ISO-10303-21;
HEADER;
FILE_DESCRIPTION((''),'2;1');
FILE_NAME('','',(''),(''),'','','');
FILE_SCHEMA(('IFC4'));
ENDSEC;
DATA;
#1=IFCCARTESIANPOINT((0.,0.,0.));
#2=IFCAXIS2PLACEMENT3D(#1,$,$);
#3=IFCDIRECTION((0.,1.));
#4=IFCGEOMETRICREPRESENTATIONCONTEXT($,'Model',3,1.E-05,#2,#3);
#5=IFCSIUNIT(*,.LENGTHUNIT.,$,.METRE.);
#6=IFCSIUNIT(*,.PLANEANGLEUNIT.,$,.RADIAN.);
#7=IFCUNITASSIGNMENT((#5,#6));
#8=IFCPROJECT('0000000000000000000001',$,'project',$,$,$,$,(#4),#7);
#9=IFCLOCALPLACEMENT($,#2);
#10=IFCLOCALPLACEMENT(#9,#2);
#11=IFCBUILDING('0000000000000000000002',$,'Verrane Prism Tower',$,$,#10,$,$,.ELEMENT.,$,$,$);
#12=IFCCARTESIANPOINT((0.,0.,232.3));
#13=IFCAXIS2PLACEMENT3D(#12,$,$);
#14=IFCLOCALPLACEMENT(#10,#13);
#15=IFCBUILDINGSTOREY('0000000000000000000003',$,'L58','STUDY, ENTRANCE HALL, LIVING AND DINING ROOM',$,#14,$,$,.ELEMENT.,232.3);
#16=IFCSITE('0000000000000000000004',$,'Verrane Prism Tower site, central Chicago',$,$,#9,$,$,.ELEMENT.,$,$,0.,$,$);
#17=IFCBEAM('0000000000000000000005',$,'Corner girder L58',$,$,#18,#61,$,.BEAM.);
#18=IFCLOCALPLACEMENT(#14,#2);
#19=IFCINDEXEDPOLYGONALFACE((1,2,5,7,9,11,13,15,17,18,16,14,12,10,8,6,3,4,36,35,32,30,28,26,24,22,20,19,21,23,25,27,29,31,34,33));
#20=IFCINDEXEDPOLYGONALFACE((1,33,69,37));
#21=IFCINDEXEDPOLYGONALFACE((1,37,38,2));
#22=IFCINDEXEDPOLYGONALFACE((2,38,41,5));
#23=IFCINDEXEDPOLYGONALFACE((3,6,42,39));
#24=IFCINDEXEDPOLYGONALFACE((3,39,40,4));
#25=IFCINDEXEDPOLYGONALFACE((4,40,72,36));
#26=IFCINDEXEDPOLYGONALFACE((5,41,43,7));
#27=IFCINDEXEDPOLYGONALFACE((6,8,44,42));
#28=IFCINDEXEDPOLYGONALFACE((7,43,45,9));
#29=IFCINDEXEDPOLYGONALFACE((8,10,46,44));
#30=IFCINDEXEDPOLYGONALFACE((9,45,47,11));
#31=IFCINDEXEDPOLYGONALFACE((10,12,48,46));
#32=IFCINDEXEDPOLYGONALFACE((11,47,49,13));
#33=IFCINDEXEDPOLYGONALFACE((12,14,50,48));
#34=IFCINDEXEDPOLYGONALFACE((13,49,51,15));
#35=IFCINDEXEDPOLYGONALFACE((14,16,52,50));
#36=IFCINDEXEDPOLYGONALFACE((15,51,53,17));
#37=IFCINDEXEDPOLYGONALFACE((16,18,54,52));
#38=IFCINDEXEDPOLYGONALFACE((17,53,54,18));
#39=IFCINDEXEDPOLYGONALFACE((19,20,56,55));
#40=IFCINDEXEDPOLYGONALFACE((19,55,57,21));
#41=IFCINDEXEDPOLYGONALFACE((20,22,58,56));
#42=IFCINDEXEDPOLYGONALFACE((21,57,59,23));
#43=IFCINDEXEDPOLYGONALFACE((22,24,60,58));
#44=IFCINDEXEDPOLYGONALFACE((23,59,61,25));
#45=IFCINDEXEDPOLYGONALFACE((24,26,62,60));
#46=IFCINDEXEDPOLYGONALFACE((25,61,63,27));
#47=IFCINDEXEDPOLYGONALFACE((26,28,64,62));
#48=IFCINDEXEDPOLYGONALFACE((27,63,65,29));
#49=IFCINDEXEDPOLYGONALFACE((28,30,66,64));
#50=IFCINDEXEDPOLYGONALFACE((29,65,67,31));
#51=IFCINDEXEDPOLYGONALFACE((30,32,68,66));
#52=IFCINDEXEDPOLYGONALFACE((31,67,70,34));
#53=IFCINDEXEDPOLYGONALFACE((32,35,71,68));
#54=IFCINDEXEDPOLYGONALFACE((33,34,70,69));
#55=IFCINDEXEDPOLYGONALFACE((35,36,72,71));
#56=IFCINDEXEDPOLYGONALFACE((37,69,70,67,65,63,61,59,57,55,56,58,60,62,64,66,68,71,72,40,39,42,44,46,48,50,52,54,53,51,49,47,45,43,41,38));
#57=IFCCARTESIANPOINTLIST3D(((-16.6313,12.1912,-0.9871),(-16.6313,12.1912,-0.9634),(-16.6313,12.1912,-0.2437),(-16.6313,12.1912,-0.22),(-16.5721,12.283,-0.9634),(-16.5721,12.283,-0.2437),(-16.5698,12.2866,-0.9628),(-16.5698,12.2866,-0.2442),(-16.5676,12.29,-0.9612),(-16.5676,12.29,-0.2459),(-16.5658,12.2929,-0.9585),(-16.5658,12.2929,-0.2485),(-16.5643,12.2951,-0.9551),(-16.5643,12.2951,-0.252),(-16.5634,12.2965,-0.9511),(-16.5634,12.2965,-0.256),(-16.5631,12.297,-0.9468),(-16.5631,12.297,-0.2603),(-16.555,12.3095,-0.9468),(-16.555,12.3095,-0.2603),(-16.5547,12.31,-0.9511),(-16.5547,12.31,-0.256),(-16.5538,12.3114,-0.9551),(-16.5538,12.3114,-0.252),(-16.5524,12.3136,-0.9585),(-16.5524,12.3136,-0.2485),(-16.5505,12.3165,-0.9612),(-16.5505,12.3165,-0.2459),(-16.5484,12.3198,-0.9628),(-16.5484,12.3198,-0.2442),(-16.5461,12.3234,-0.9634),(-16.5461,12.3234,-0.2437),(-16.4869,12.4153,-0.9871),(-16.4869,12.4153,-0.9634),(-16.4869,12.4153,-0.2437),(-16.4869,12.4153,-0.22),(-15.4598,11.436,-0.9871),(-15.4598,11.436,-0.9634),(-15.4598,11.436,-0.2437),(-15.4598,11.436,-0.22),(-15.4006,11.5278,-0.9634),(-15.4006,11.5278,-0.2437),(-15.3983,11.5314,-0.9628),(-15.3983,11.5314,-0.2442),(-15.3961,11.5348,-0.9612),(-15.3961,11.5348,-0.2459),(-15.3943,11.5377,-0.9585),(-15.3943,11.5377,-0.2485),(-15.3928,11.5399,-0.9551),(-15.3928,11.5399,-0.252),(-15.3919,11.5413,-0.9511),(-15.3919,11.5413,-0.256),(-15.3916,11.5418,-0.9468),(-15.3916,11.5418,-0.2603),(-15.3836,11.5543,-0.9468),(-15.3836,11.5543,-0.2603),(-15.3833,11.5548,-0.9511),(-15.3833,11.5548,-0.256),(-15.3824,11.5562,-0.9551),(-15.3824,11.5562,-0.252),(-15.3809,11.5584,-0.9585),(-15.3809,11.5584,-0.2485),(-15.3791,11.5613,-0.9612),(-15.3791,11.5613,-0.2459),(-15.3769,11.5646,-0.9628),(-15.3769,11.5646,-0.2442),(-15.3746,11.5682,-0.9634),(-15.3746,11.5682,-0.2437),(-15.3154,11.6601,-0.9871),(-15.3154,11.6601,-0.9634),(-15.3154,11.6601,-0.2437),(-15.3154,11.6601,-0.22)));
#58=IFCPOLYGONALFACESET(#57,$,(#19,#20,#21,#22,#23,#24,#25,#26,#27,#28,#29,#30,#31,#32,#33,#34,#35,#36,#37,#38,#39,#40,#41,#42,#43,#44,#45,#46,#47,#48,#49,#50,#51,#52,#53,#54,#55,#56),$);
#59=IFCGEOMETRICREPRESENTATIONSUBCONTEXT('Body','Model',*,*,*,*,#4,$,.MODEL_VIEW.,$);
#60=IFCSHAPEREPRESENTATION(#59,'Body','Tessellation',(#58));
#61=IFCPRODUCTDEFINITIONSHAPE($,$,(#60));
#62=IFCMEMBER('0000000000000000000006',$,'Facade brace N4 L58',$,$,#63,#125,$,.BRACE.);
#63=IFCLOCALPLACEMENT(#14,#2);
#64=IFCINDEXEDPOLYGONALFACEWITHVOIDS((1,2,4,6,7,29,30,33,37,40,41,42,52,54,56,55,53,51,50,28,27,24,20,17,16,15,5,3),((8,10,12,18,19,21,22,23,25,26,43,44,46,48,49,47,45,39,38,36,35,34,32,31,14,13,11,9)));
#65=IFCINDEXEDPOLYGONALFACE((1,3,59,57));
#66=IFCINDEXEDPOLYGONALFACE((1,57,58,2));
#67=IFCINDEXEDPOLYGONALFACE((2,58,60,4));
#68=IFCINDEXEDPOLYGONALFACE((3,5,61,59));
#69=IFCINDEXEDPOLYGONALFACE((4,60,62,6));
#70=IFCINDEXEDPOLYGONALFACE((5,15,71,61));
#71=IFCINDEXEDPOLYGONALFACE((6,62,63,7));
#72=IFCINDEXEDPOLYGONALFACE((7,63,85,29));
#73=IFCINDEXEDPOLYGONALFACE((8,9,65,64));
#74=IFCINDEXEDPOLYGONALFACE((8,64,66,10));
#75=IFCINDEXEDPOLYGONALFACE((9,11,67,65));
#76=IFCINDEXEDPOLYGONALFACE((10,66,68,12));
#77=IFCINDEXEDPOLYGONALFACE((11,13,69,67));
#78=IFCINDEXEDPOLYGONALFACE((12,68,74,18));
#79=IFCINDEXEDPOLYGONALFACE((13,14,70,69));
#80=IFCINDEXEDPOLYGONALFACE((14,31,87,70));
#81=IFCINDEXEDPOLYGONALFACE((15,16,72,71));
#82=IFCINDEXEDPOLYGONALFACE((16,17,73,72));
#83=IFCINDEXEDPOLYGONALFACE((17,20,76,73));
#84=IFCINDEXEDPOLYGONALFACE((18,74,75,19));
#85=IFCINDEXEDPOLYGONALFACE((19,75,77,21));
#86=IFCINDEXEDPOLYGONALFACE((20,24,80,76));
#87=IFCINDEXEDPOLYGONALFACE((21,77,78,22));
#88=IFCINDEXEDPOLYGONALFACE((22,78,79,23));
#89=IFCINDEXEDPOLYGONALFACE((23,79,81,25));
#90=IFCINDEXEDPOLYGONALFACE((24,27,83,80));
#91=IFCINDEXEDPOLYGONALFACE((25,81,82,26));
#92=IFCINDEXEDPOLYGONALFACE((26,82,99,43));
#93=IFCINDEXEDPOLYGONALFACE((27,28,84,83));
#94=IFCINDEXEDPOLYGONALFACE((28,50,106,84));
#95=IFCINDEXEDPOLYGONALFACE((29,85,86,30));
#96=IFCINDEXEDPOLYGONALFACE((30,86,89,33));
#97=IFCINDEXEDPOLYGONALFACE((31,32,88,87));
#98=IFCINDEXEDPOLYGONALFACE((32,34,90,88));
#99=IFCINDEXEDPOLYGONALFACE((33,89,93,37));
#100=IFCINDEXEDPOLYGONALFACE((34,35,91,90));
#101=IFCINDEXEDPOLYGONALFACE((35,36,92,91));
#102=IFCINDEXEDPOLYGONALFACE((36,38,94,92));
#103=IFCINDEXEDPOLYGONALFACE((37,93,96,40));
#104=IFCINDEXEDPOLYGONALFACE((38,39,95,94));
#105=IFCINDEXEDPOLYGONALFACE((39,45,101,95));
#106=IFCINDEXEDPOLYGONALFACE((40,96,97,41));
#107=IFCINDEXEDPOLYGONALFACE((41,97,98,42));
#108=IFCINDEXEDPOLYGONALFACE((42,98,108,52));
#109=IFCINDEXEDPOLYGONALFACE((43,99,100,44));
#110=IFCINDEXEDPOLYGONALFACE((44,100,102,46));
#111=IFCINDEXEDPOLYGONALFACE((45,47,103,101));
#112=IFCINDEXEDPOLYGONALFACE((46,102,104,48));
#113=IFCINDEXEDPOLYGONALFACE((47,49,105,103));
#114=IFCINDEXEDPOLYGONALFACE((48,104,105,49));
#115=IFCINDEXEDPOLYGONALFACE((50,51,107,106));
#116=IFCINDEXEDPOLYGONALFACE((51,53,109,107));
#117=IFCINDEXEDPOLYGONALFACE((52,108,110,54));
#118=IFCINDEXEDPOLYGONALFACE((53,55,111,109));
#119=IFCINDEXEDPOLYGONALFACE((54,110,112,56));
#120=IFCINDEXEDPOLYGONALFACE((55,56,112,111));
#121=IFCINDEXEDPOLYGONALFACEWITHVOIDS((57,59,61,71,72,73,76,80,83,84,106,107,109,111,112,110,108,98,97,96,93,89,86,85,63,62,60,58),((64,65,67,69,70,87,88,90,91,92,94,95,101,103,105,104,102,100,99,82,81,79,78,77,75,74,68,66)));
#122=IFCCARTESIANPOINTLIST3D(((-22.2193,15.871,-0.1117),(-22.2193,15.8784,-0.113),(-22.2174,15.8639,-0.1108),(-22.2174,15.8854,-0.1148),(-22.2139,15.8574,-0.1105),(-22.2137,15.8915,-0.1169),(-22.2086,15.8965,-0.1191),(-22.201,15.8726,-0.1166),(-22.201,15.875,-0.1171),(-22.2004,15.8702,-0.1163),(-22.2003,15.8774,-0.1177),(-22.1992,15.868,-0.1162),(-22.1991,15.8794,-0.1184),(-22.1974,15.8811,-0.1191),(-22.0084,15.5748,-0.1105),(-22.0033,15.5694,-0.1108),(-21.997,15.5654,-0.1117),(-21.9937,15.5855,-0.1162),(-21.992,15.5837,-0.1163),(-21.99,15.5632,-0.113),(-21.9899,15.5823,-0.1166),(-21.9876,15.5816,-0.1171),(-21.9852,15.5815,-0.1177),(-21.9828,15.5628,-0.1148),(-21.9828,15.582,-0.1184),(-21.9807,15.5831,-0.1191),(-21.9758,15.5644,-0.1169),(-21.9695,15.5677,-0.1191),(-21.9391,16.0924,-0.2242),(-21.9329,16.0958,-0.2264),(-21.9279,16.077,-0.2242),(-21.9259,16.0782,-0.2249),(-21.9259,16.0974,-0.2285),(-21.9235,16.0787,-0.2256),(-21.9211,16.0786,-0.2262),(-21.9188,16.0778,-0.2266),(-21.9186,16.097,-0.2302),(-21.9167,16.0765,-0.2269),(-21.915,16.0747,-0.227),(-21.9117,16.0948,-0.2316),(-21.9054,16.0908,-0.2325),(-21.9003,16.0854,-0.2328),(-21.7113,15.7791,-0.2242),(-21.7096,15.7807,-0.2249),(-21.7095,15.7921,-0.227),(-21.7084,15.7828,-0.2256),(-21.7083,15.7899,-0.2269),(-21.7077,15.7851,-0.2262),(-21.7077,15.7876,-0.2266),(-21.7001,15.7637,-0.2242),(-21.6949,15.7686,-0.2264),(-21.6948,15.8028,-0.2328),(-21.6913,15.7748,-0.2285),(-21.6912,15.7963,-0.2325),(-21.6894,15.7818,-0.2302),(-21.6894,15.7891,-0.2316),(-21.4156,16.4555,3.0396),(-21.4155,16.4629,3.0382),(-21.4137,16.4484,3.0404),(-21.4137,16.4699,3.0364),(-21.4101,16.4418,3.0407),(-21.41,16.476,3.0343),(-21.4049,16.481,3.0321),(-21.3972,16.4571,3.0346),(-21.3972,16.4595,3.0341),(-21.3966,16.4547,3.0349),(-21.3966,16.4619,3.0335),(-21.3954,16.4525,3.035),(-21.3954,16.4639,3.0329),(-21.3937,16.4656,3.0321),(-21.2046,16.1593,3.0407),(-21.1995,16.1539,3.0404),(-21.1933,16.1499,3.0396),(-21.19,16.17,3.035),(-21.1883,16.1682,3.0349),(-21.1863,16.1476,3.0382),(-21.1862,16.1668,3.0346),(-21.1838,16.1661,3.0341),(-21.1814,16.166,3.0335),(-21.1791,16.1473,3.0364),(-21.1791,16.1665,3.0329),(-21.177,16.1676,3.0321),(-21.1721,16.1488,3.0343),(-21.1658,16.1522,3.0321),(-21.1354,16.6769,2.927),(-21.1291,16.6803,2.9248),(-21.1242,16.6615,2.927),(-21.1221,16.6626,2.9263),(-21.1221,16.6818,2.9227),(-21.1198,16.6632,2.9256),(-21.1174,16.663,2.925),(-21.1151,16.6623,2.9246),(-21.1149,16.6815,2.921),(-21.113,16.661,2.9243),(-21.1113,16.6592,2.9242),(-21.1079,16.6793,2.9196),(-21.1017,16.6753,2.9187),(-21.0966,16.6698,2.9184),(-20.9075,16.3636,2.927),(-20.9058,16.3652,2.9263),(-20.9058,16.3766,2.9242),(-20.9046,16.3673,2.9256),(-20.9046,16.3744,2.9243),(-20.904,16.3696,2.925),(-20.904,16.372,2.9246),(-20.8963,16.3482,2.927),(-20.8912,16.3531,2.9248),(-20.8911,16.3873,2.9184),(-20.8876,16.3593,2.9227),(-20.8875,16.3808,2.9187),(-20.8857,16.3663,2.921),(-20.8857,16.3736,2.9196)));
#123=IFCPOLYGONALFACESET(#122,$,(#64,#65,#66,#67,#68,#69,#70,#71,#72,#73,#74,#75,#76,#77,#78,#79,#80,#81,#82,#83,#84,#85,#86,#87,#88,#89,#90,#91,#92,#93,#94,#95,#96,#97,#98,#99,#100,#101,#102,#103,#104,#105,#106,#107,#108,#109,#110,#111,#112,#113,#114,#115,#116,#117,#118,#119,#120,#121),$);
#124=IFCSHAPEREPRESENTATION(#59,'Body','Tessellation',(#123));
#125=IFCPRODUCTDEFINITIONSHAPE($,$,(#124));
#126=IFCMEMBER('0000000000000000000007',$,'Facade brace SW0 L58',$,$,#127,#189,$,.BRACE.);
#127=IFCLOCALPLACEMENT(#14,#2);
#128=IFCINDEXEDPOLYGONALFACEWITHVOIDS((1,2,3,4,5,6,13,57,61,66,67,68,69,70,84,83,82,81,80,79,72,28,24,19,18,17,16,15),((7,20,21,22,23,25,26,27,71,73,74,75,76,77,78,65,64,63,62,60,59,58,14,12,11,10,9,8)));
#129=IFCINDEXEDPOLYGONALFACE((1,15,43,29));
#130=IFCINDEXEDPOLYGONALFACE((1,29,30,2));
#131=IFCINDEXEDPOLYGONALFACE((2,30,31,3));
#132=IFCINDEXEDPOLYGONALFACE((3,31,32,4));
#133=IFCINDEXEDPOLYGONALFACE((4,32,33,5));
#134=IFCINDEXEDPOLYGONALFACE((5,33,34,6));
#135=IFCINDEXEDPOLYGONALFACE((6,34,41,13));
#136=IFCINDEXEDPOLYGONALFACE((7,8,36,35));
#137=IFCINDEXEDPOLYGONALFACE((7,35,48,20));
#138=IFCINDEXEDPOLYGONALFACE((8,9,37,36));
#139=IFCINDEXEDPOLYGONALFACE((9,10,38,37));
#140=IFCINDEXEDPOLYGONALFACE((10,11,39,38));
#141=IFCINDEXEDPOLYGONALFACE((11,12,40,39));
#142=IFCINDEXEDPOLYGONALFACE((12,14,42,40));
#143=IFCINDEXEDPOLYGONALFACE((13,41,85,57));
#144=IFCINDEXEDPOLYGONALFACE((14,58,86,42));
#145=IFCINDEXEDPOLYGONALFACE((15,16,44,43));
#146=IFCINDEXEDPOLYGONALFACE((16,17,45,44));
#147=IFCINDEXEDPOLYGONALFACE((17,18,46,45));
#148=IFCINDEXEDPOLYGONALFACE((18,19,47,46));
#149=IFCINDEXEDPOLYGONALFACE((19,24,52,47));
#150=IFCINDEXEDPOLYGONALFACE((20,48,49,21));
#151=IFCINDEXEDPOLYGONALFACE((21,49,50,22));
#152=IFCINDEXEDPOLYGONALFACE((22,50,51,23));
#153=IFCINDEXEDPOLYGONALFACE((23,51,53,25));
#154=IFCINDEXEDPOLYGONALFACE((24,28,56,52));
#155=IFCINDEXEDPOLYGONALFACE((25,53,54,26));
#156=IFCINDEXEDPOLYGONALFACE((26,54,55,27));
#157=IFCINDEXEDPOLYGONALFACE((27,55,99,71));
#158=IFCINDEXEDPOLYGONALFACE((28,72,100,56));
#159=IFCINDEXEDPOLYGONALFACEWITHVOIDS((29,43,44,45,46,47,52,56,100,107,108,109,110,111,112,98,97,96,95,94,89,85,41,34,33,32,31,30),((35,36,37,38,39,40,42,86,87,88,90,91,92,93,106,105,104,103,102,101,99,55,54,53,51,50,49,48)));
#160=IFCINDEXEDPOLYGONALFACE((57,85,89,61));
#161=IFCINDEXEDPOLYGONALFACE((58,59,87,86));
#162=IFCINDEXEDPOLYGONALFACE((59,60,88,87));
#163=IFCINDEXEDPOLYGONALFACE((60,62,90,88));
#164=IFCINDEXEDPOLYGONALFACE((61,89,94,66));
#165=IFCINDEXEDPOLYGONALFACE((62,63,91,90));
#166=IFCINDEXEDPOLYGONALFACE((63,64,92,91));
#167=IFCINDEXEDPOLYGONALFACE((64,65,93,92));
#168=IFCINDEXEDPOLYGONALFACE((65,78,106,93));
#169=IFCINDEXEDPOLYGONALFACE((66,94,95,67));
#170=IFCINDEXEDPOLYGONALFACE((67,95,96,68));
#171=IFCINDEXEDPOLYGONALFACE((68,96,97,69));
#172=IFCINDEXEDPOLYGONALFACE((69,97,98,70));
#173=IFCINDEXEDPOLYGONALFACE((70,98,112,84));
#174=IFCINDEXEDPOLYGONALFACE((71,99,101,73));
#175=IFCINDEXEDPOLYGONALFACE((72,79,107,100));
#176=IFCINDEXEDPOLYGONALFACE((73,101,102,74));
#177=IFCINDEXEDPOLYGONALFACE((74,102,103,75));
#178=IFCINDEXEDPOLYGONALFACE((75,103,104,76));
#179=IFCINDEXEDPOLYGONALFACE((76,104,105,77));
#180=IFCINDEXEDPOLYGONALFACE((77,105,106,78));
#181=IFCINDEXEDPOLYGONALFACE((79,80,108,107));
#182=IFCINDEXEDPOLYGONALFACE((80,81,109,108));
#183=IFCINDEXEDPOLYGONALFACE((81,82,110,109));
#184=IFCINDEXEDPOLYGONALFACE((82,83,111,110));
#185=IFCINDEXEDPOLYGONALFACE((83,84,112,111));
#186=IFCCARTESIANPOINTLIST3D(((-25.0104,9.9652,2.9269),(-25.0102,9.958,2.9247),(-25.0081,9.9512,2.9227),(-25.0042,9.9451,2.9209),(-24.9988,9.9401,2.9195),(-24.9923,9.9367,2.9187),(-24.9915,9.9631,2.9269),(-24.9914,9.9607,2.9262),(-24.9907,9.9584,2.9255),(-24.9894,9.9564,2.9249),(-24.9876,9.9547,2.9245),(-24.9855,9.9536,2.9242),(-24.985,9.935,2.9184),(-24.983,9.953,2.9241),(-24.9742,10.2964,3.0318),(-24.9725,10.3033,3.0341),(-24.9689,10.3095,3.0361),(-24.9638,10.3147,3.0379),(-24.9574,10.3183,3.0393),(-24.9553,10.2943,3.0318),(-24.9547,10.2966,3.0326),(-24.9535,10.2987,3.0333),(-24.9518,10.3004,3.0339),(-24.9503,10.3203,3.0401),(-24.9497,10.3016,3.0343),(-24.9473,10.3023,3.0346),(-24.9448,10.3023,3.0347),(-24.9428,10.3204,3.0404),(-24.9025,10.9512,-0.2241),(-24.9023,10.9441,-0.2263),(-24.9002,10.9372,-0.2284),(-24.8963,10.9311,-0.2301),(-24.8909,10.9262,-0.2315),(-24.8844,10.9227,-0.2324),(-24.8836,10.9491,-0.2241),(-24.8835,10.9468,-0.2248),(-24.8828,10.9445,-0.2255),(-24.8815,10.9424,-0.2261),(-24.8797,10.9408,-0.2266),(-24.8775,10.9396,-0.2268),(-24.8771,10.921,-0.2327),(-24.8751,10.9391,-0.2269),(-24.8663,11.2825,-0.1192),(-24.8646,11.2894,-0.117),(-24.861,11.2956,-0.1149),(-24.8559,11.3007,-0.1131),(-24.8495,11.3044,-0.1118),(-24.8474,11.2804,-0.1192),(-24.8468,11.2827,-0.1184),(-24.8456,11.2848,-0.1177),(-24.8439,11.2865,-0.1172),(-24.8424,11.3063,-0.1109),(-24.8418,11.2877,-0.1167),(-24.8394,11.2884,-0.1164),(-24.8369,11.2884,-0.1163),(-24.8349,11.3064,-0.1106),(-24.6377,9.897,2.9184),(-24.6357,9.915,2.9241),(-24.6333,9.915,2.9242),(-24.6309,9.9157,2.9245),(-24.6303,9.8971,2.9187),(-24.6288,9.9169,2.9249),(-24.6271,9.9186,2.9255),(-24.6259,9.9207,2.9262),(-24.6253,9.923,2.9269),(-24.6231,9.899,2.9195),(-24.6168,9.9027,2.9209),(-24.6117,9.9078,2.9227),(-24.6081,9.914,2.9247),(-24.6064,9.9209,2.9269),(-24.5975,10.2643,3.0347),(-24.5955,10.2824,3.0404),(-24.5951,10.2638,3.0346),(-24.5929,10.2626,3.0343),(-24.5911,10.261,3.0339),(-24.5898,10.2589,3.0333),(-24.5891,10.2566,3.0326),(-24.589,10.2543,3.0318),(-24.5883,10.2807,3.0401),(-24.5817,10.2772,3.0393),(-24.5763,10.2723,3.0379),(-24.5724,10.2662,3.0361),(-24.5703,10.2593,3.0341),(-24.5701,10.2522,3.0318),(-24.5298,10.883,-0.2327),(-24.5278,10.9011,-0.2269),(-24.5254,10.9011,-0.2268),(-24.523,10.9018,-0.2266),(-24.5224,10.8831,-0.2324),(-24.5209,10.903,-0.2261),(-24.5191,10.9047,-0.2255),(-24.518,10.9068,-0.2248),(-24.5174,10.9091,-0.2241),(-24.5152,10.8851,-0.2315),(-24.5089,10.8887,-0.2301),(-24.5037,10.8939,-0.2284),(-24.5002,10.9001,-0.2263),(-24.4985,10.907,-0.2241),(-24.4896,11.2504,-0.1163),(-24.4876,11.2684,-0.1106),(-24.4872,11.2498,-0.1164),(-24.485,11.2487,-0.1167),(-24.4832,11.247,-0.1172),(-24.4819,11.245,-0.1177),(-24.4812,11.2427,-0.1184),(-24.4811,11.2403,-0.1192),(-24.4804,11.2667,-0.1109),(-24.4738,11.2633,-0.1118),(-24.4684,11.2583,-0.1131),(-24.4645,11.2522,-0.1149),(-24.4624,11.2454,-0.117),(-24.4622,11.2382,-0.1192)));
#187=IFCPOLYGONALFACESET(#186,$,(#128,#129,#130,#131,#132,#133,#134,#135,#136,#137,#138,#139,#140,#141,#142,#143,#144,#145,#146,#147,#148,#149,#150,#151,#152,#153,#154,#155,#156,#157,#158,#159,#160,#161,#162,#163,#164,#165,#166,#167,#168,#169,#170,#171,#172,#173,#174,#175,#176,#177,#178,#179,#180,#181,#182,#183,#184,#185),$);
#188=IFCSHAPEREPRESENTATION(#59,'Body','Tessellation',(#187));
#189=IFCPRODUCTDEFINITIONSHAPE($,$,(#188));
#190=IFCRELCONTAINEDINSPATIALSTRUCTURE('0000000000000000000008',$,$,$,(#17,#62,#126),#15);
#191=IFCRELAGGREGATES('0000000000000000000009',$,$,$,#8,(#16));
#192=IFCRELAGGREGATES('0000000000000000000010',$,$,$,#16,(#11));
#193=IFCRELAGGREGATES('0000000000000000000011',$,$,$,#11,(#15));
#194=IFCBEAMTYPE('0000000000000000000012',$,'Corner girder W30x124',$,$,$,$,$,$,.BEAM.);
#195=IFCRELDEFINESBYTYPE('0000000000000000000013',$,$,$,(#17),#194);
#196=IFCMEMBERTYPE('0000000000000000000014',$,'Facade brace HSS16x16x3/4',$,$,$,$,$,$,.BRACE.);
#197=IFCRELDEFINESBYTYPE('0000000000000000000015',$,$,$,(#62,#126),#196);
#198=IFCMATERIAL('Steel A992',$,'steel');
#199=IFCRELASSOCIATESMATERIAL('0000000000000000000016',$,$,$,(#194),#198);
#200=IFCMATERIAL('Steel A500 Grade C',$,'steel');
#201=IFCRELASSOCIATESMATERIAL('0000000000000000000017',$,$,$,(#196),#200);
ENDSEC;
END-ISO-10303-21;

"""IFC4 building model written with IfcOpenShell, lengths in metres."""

from ifc_helpers import new_model, si_unit, direction, frame, origin, origin_2d, place, context, subcontext, project, spatial, hollow_rectangle, i_section, extrude, material, material_profile, profile_set, type_object, element, save


model = new_model("IFC4")

# Units and contexts
model_context = context("Model", 3, precision=1e-05, world=origin(), true_north=direction((0.0, 1.0)))
body_context = subcontext(model_context, "Body", "Model", "MODEL_VIEW")
ifc_project = project(units=[si_unit("LENGTHUNIT", "METRE"), si_unit("PLANEANGLEUNIT", "RADIAN")], contexts=[model_context])

# Site, building, storey
site_placement = place(None, origin())
site = spatial("IfcSite", under=ifc_project, at=site_placement, Name="Verrane Prism Tower site, central Chicago", CompositionType="ELEMENT", RefElevation=0.0)
building_placement = place(site_placement, origin())
building = spatial("IfcBuilding", under=site, at=building_placement, Name="Verrane Prism Tower", CompositionType="ELEMENT")
storey_placement = place(building_placement, frame((0.0, 0.0, 232.3)))
storey = spatial("IfcBuildingStorey", under=building, at=storey_placement, Name="L58", Description="STUDY, ENTRANCE HALL, LIVING AND DINING ROOM", CompositionType="ELEMENT", Elevation=232.3)

# Beam
ifc_material_1 = material(Name="Steel A992", Category="steel")
ifc_material_profile_1 = material_profile(ifc_material_1, i_section(OverallWidth=0.2666, OverallDepth=0.7671, WebThickness=0.0149, FlangeThickness=0.0237, FilletRadius=0.0166, at=origin_2d()), Name="W30x124")
ifc_profile_set_1 = profile_set([ifc_material_profile_1], Name="Steel A992")
beam_type_1 = type_object("IfcBeamType", Name="Corner girder W30x124", PredefinedType="BEAM", material=ifc_profile_set_1)
beam_1_placement = place(storey_placement, frame((-16.5591, 12.3032, -0.6035), z_axis=(0.840495, -0.54182, 0.0), x_axis=(0.54182, 0.840495, 0.0)))
element("IfcBeam", 1, at=beam_1_placement, inside=storey, type_object=beam_type_1, Name="Corner girder L58", PredefinedType="BEAM", context=body_context, shape_type="SweptSolid", body=[
    extrude(i_section(OverallWidth=0.2666, OverallDepth=0.7671, WebThickness=0.0149, FlangeThickness=0.0237, FilletRadius=0.0166, at=origin_2d()), origin(), (0.0, 0.0, 1.0), 1.3938),
])

# Members
ifc_material_2 = material(Name="Steel A500 Grade C", Category="steel")
ifc_material_profile_2 = material_profile(ifc_material_2, hollow_rectangle(XDim=0.4065, YDim=0.4065, WallThickness=0.019, InnerFilletRadius=0.0095, OuterFilletRadius=0.0286, at=origin_2d()), Name="HSS16x16x3/4")
ifc_profile_set_2 = profile_set([ifc_material_profile_2], Name="Steel A500 Grade C")
member_type_1 = type_object("IfcMemberType", Name="Facade brace HSS16x16x3/4", PredefinedType="BRACE", material=ifc_profile_set_2)
member_1_placement = place(storey_placement, frame((-21.9543, 15.8301, -0.1716), z_axis=(0.243246, 0.176893, 0.953698), x_axis=(-0.588142, 0.808757, 0.0)))
element("IfcMember", 2, at=member_1_placement, inside=storey, type_object=member_type_1, Name="Facade brace N4 L58", PredefinedType="BRACE", context=body_context, shape_type="SweptSolid", body=[
    extrude(hollow_rectangle(XDim=0.4065, YDim=0.4065, WallThickness=0.019, InnerFilletRadius=0.0095, OuterFilletRadius=0.0286, at=origin_2d()), origin(), (0.0, 0.0, 1.0), 3.3042),
])
member_2_placement = place(storey_placement, frame((-24.6824, 11.0947, -0.1716), z_axis=(-0.032665, -0.29849, 0.953854), x_axis=(0.994065, -0.108784, 0.0)))
element("IfcMember", 3, at=member_2_placement, inside=storey, type_object=member_type_1, Name="Facade brace SW0 L58", PredefinedType="BRACE", context=body_context, shape_type="SweptSolid", body=[
    extrude(hollow_rectangle(XDim=0.4065, YDim=0.4065, WallThickness=0.019, InnerFilletRadius=0.0095, OuterFilletRadius=0.0286, at=origin_2d()), origin(), (0.0, 0.0, 1.0), 3.3035),
])

save(model, "model.ifc")
